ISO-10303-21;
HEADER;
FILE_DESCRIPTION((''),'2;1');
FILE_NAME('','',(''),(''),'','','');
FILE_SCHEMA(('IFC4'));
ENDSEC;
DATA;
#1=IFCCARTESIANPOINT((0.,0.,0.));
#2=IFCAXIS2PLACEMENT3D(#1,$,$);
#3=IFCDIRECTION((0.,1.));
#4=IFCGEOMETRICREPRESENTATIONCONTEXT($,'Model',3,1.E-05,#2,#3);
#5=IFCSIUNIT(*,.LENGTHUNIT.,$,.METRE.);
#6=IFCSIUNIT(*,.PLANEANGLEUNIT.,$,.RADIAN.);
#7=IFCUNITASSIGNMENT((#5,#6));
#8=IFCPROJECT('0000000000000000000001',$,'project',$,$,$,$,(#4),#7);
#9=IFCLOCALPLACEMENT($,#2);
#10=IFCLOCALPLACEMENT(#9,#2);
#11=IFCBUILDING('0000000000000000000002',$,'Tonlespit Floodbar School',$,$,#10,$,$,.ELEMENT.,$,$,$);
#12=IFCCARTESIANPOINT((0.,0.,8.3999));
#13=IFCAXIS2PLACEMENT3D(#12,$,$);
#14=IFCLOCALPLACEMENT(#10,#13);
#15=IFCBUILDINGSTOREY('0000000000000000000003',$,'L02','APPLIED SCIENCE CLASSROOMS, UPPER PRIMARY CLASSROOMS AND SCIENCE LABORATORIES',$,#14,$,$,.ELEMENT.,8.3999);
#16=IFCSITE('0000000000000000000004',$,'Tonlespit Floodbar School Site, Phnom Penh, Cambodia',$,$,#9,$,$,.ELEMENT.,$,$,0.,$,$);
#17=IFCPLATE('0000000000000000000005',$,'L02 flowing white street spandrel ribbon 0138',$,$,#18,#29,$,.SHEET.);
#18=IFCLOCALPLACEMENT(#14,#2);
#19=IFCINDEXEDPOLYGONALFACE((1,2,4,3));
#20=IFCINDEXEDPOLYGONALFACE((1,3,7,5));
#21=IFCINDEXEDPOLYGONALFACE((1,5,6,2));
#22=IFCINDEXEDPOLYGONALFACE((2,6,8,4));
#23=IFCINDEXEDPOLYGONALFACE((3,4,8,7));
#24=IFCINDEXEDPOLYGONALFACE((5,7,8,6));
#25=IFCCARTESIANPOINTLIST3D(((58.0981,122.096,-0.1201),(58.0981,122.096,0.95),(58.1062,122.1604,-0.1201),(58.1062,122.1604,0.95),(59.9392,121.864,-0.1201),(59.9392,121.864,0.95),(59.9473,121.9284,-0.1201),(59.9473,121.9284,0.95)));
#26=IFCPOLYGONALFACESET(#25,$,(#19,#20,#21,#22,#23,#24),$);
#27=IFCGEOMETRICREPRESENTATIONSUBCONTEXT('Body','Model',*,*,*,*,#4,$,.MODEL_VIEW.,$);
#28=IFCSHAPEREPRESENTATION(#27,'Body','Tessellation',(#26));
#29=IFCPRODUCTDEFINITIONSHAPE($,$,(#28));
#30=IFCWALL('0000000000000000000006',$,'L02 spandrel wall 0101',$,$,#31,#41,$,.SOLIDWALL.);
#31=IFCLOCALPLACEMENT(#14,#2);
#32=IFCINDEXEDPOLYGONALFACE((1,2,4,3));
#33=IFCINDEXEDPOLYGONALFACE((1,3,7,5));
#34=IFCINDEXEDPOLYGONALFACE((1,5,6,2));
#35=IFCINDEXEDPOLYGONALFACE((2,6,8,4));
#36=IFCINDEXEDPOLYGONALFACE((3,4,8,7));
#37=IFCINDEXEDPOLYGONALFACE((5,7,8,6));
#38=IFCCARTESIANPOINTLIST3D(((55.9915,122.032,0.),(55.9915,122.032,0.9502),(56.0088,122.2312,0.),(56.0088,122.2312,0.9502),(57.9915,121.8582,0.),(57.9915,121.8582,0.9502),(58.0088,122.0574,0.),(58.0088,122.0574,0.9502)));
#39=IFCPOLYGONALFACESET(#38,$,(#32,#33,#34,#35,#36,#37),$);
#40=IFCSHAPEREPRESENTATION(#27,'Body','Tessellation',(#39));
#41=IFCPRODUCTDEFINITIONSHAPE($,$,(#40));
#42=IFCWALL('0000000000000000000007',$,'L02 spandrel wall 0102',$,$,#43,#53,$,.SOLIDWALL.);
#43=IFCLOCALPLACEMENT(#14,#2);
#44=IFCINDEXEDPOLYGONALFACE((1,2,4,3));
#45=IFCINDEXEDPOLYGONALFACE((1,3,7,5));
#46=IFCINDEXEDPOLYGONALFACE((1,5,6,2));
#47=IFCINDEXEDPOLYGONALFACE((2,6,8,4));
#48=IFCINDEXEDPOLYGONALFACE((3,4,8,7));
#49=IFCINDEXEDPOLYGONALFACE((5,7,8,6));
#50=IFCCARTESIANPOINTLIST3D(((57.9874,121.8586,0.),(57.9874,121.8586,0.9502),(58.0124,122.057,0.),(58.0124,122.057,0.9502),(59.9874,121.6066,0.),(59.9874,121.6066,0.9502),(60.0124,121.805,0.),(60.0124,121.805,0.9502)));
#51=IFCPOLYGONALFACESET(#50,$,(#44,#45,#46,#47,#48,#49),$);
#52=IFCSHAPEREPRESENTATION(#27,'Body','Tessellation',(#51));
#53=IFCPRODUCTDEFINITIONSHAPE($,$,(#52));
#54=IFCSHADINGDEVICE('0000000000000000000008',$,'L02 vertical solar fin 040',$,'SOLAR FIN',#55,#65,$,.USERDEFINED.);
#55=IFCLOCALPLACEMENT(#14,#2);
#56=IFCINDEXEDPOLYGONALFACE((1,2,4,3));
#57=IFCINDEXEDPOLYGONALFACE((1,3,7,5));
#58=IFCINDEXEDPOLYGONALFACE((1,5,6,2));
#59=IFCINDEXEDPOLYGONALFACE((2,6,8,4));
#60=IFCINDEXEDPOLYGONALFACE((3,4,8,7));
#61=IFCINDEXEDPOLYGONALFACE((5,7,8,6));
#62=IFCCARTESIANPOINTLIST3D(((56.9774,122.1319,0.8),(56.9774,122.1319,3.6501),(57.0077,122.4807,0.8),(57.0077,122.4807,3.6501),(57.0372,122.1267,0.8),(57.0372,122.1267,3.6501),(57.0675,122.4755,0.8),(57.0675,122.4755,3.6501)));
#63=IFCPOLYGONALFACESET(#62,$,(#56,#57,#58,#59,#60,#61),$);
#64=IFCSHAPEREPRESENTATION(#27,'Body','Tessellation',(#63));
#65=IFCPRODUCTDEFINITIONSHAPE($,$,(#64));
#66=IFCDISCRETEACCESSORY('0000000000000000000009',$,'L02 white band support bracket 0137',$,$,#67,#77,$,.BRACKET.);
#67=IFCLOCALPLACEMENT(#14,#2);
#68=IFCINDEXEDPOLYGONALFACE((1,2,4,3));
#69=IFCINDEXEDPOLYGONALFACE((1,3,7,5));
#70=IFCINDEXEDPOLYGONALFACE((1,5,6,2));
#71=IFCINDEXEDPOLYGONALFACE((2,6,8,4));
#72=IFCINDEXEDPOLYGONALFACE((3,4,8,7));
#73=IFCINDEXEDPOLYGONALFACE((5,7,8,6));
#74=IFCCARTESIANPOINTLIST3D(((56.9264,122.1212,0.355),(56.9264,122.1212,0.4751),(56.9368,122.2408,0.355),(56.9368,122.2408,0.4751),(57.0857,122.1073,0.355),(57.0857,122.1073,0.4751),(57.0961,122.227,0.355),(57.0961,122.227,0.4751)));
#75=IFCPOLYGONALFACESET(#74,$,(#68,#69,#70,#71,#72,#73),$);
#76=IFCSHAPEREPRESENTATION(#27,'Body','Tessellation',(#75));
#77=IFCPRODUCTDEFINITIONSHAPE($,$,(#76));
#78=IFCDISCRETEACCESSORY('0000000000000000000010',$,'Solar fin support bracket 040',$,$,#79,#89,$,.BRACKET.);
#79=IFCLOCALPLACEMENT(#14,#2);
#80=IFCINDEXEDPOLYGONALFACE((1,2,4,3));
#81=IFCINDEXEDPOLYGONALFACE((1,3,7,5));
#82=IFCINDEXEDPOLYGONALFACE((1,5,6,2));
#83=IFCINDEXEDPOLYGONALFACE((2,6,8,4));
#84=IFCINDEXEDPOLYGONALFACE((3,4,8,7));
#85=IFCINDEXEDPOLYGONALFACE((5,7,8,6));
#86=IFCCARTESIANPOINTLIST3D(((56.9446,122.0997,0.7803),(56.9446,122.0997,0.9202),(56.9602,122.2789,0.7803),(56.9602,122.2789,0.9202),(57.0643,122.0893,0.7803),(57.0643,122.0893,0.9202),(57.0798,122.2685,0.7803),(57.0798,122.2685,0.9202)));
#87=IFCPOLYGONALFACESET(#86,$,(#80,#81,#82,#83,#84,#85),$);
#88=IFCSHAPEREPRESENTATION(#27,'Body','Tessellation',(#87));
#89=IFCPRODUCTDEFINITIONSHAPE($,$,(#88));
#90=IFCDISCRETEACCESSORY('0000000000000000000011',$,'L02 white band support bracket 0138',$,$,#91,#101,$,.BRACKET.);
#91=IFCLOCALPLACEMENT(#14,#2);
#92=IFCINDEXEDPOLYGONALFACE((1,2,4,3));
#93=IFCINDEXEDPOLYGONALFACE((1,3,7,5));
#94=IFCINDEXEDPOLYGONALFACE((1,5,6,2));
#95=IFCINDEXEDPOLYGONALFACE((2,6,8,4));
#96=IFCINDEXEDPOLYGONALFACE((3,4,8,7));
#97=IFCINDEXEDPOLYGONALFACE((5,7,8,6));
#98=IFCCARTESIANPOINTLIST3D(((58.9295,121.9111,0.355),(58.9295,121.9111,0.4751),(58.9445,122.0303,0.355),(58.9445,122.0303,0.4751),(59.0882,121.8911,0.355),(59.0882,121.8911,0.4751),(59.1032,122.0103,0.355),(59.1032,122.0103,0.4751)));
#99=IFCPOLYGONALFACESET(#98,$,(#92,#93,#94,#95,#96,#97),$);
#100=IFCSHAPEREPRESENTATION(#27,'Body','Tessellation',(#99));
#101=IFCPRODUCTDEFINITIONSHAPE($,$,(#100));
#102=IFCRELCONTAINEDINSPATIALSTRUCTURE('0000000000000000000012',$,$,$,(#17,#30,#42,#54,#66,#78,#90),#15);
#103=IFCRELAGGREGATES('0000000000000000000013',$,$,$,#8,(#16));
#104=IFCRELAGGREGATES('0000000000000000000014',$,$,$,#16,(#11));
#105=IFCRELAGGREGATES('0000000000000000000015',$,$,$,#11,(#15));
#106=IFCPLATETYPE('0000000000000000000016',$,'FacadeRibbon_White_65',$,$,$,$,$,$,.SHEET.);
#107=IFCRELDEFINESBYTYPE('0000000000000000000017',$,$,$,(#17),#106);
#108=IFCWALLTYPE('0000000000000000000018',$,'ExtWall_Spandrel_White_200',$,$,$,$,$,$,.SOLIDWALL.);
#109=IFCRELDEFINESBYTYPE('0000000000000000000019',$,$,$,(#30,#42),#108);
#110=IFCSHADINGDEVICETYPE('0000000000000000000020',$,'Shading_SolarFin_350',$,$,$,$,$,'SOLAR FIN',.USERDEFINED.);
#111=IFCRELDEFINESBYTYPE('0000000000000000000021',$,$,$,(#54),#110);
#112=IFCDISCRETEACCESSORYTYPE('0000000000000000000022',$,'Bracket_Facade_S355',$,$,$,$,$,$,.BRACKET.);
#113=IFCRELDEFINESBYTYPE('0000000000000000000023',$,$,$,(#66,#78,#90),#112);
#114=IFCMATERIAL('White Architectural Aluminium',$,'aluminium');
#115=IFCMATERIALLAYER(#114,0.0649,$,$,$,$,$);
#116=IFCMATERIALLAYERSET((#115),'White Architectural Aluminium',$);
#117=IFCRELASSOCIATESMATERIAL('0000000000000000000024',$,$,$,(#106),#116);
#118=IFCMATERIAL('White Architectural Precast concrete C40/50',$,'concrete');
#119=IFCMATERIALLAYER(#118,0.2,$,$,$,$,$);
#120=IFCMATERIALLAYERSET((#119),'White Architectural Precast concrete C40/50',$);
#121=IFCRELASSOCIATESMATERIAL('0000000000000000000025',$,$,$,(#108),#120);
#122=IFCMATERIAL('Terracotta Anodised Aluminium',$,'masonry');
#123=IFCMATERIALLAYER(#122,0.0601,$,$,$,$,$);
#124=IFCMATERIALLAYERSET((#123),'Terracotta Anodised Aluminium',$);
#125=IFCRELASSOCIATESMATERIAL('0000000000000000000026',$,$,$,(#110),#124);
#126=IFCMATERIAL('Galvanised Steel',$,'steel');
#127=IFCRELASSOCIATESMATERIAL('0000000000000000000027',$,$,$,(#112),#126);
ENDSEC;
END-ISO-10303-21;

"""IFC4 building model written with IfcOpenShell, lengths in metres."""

from ifc_helpers import new_model, si_unit, direction, frame, frame_2d, origin, origin_2d, place, context, subcontext, project, spatial, rectangle, extrude, material, layer, layer_set, type_object, element, save


model = new_model("IFC4")

# Units and contexts
model_context = context("Model", 3, precision=1e-05, world=origin(), true_north=direction((0.0, 1.0)))
body_context = subcontext(model_context, "Body", "Model", "MODEL_VIEW")
ifc_project = project(units=[si_unit("LENGTHUNIT", "METRE"), si_unit("PLANEANGLEUNIT", "RADIAN")], contexts=[model_context])

# Site, building, storey
site_placement = place(None, origin())
site = spatial("IfcSite", under=ifc_project, at=site_placement, Name="Tonlespit Floodbar School Site, Phnom Penh, Cambodia", CompositionType="ELEMENT", RefElevation=0.0)
building_placement = place(site_placement, origin())
building = spatial("IfcBuilding", under=site, at=building_placement, Name="Tonlespit Floodbar School", CompositionType="ELEMENT")
storey_placement = place(building_placement, frame((0.0, 0.0, 8.3999)))
storey = spatial("IfcBuildingStorey", under=building, at=storey_placement, Name="L02", Description="APPLIED SCIENCE CLASSROOMS, UPPER PRIMARY CLASSROOMS AND SCIENCE LABORATORIES", CompositionType="ELEMENT", Elevation=8.3999)

# Plate
ifc_material_1 = material(Name="White Architectural Aluminium", Category="aluminium")
ifc_layer_1 = layer(ifc_material_1, 0.0649)
ifc_layer_set_1 = layer_set([ifc_layer_1], Name="White Architectural Aluminium")
plate_type_1 = type_object("IfcPlateType", Name="FacadeRibbon_White_65", PredefinedType="SHEET", material=ifc_layer_set_1)
plate_1_placement = place(storey_placement, frame((59.0227, 122.0122, -0.1201), z_axis=(0.0, 0.0, 1.0), x_axis=(0.992155, -0.125011, 0.0)))
element("IfcPlate", 1, at=plate_1_placement, inside=storey, type_object=plate_type_1, Name="L02 flowing white street spandrel ribbon 0138", PredefinedType="SHEET", context=body_context, shape_type="SweptSolid", body=[
    extrude(rectangle(XDim=1.8557, YDim=0.0649, at=origin_2d()), origin(), (0.0, 0.0, 1.0), 1.0701),
])

# Walls
ifc_material_2 = material(Name="White Architectural Precast concrete C40/50", Category="concrete")
ifc_layer_2 = layer(ifc_material_2, 0.2)
ifc_layer_set_2 = layer_set([ifc_layer_2], Name="White Architectural Precast concrete C40/50")
wall_type = type_object("IfcWallType", Name="ExtWall_Spandrel_White_200", PredefinedType="SOLIDWALL", material=ifc_layer_set_2)
wall_1_placement = place(storey_placement, frame((56.0, 122.1316, 0.0), z_axis=(0.0, 0.0, 1.0), x_axis=(0.996244, -0.086588, 0.0)))
element("IfcWall", 2, at=wall_1_placement, inside=storey, type_object=wall_type, Name="L02 spandrel wall 0101", PredefinedType="SOLIDWALL", context=body_context, shape_type="SweptSolid", body=[
    extrude(rectangle(XDim=2.0076, YDim=0.2, at=frame_2d((1.0039, 0.0))), origin(), (0.0, 0.0, 1.0), 0.9502),
])
wall_2_placement = place(storey_placement, frame((58.0, 121.9578, 0.0), z_axis=(0.0, 0.0, 1.0), x_axis=(0.992158, -0.124989, 0.0)))
element("IfcWall", 3, at=wall_2_placement, inside=storey, type_object=wall_type, Name="L02 spandrel wall 0102", PredefinedType="SOLIDWALL", context=body_context, shape_type="SweptSolid", body=[
    extrude(rectangle(XDim=2.0159, YDim=0.2, at=frame_2d((1.0078, 0.0))), origin(), (0.0, 0.0, 1.0), 0.9502),
])

# Shading device
ifc_material_3 = material(Name="Terracotta Anodised Aluminium", Category="masonry")
ifc_layer_3 = layer(ifc_material_3, 0.0601)
ifc_layer_set_3 = layer_set([ifc_layer_3], Name="Terracotta Anodised Aluminium")
shading_device_type = type_object("IfcShadingDeviceType", Name="Shading_SolarFin_350", ElementType="SOLAR FIN", PredefinedType="USERDEFINED", material=ifc_layer_set_3)
shading_device_placement = place(storey_placement, frame((57.0225, 122.3037, 0.8), z_axis=(0.0, 0.0, 1.0), x_axis=(0.996245, -0.086573, 0.0)))
element("IfcShadingDevice", 4, at=shading_device_placement, inside=storey, type_object=shading_device_type, Name="L02 vertical solar fin 040", ObjectType="SOLAR FIN", PredefinedType="USERDEFINED", context=body_context, shape_type="SweptSolid", body=[
    extrude(rectangle(XDim=0.0601, YDim=0.3501, at=origin_2d()), origin(), (0.0, 0.0, 1.0), 2.8501),
])

# Discrete accessories
ifc_material_4 = material(Name="Galvanised Steel", Category="steel")
discrete_accessory_type = type_object("IfcDiscreteAccessoryType", Name="Bracket_Facade_S355", PredefinedType="BRACKET", material=ifc_material_4)
discrete_accessory_1_placement = place(storey_placement, frame((57.0112, 122.1741, 0.355), z_axis=(0.0, 0.0, 1.0), x_axis=(0.996245, -0.086573, 0.0)))
element("IfcDiscreteAccessory", 5, at=discrete_accessory_1_placement, inside=storey, type_object=discrete_accessory_type, Name="L02 white band support bracket 0137", PredefinedType="BRACKET", context=body_context, shape_type="SweptSolid", body=[
    extrude(rectangle(XDim=0.1599, YDim=0.1201, at=origin_2d()), origin(), (0.0, 0.0, 1.0), 0.1201),
])
discrete_accessory_2_placement = place(storey_placement, frame((57.0122, 122.1841, 0.7803), z_axis=(0.0, 0.0, 1.0), x_axis=(0.996245, -0.086573, 0.0)))
element("IfcDiscreteAccessory", 6, at=discrete_accessory_2_placement, inside=storey, type_object=discrete_accessory_type, Name="Solar fin support bracket 040", PredefinedType="BRACKET", context=body_context, shape_type="SweptSolid", body=[
    extrude(rectangle(XDim=0.1201, YDim=0.1799, at=origin_2d()), origin(), (0.0, 0.0, 1.0), 0.1399),
])
discrete_accessory_3_placement = place(storey_placement, frame((59.0164, 121.9607, 0.355), z_axis=(0.0, 0.0, 1.0), x_axis=(0.992155, -0.125011, 0.0)))
element("IfcDiscreteAccessory", 7, at=discrete_accessory_3_placement, inside=storey, type_object=discrete_accessory_type, Name="L02 white band support bracket 0138", PredefinedType="BRACKET", context=body_context, shape_type="SweptSolid", body=[
    extrude(rectangle(XDim=0.1599, YDim=0.1201, at=origin_2d()), origin(), (0.0, 0.0, 1.0), 0.1201),
])

save(model, "model.ifc")
